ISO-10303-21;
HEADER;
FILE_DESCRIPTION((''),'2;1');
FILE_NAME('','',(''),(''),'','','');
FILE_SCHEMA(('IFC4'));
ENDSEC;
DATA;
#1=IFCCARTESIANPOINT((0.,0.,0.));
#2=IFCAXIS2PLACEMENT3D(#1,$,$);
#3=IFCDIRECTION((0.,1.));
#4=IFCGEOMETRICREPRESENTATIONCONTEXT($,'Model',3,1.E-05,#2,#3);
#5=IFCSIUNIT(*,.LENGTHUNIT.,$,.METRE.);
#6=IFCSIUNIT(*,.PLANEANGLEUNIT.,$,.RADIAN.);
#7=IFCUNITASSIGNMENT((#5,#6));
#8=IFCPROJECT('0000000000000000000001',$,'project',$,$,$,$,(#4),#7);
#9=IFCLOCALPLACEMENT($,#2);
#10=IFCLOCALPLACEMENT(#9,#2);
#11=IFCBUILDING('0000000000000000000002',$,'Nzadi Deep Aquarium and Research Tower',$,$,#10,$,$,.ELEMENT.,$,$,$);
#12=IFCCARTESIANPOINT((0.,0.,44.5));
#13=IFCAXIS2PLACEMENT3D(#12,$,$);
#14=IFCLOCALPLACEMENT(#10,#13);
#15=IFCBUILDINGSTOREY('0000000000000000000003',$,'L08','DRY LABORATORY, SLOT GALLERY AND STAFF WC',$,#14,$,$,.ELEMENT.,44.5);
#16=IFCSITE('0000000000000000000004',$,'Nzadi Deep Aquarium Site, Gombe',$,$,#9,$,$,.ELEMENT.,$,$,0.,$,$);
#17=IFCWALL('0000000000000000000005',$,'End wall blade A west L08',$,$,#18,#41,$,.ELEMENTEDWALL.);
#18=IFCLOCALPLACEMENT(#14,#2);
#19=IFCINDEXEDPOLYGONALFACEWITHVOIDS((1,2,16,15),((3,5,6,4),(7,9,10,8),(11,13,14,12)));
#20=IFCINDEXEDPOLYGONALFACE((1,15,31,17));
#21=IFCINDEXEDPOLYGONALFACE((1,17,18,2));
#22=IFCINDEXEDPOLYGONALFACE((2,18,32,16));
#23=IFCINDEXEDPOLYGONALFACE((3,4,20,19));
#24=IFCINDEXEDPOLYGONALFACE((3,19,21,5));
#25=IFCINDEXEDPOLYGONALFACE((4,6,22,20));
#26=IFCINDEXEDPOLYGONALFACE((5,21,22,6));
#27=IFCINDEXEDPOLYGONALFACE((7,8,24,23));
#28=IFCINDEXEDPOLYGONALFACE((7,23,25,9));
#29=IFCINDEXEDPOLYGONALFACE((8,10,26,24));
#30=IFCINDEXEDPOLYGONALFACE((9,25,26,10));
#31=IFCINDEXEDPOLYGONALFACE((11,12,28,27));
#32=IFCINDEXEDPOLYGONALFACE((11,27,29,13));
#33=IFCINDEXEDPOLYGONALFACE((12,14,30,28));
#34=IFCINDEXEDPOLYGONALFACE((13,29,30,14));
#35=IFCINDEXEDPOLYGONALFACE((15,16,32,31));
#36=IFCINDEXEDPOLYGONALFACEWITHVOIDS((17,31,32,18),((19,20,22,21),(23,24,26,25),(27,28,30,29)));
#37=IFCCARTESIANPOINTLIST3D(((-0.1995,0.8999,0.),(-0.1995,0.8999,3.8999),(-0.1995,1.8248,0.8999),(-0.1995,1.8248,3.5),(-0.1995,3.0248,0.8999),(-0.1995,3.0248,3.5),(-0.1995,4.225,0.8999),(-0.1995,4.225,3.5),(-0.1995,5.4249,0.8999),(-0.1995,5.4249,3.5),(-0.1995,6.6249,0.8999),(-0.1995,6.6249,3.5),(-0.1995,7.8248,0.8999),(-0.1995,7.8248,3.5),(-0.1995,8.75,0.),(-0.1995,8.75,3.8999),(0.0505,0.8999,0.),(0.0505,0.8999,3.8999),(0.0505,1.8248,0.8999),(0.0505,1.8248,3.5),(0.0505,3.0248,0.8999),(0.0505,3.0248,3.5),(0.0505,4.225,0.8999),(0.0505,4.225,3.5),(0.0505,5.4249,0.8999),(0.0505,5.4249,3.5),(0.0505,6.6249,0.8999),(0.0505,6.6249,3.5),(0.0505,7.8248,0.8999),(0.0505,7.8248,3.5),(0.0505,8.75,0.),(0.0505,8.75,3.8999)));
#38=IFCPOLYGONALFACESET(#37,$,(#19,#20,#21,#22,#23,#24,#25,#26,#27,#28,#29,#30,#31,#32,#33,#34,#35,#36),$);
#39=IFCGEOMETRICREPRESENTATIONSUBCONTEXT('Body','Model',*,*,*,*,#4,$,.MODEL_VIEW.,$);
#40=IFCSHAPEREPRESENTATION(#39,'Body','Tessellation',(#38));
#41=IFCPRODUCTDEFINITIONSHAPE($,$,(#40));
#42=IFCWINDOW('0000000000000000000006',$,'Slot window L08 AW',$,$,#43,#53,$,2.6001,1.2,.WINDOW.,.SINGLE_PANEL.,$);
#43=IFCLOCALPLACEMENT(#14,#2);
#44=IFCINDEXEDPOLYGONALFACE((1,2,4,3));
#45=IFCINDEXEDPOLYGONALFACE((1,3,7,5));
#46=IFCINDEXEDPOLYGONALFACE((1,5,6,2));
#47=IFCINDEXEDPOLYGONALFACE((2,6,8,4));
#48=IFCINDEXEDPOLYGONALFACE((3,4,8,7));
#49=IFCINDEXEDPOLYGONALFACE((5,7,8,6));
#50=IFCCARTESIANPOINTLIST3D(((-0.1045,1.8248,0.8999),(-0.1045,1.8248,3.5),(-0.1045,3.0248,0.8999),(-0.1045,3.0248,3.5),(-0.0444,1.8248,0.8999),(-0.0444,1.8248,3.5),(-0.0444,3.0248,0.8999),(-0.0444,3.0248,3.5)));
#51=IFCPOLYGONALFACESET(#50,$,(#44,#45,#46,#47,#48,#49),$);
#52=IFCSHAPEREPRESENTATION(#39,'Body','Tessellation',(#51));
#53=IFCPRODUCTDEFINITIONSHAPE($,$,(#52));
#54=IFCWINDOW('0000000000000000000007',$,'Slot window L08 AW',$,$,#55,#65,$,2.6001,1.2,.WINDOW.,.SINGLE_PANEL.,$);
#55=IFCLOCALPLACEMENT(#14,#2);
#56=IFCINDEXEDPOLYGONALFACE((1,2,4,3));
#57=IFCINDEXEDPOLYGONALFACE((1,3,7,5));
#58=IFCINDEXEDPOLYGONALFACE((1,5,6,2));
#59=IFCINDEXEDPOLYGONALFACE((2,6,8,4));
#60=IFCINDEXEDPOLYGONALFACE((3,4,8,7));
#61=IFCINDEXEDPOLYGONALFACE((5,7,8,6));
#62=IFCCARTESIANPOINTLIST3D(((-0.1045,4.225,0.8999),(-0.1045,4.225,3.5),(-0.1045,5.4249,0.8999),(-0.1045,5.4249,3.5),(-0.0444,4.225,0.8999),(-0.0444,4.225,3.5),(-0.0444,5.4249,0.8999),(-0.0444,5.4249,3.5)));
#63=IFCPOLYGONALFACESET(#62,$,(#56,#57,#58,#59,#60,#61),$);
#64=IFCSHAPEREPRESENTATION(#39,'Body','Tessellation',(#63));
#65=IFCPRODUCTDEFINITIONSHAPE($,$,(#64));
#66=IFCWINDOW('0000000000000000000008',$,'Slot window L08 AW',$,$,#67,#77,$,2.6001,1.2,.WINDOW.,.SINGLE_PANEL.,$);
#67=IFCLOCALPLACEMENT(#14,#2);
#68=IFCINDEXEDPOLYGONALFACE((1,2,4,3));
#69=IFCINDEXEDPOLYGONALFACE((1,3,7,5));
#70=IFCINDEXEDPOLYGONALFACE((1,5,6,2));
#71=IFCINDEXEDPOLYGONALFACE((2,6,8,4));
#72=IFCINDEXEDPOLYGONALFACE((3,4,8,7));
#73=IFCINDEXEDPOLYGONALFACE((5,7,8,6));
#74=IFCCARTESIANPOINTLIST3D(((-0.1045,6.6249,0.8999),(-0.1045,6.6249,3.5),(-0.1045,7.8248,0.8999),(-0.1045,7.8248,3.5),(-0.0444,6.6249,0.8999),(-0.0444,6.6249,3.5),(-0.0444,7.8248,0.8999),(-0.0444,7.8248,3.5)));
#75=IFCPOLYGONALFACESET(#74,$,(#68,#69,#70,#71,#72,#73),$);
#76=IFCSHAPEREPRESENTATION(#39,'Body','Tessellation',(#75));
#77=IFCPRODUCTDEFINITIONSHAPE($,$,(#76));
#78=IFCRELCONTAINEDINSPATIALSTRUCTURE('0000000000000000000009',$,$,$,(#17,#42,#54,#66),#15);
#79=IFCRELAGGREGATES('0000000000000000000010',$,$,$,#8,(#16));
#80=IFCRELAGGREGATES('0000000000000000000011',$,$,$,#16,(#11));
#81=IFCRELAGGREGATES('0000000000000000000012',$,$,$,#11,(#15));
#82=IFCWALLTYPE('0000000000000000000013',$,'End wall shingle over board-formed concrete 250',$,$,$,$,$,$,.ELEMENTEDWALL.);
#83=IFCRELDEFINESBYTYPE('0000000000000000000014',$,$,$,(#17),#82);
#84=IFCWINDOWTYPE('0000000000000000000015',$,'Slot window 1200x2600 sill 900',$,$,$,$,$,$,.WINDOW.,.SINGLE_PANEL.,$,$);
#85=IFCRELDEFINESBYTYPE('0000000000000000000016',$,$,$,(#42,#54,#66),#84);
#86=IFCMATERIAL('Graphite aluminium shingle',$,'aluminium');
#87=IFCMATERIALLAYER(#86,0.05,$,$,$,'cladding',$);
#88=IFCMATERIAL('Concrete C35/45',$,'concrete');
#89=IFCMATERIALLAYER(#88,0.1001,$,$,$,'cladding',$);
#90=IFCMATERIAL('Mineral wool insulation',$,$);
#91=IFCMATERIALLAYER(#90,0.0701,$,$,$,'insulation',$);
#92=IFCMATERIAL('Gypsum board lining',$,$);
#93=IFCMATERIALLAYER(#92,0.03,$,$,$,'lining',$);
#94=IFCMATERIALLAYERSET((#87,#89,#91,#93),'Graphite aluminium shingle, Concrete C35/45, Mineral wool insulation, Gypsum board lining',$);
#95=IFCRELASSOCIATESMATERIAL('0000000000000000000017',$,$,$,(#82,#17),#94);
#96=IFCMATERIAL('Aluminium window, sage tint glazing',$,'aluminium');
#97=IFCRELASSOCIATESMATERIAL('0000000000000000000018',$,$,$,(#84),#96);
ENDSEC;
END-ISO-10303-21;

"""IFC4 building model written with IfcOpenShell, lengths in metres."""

from ifc_helpers import new_model, si_unit, direction, frame, frame_2d, origin, place, context, subcontext, project, spatial, rectangle, extrude, material, layer, layer_set, layer_usage, type_object, element, fill, save


model = new_model("IFC4")

# Units and contexts
model_context = context("Model", 3, precision=1e-05, world=origin(), true_north=direction((0.0, 1.0)))
body_context = subcontext(model_context, "Body", "Model", "MODEL_VIEW")
ifc_project = project(units=[si_unit("LENGTHUNIT", "METRE"), si_unit("PLANEANGLEUNIT", "RADIAN")], contexts=[model_context])

# Site, building, storey
site_placement = place(None, origin())
site = spatial("IfcSite", under=ifc_project, at=site_placement, Name="Nzadi Deep Aquarium Site, Gombe", CompositionType="ELEMENT", RefElevation=0.0)
building_placement = place(site_placement, origin())
building = spatial("IfcBuilding", under=site, at=building_placement, Name="Nzadi Deep Aquarium and Research Tower", CompositionType="ELEMENT")
storey_placement = place(building_placement, frame((0.0, 0.0, 44.5)))
storey = spatial("IfcBuildingStorey", under=building, at=storey_placement, Name="L08", Description="DRY LABORATORY, SLOT GALLERY AND STAFF WC", CompositionType="ELEMENT", Elevation=44.5)

# Wall, openings, windows
ifc_material_1 = material(Name="Graphite aluminium shingle", Category="aluminium")
ifc_layer_1 = layer(ifc_material_1, 0.05, Category="cladding")
ifc_material_2 = material(Name="Concrete C35/45", Category="concrete")
ifc_layer_2 = layer(ifc_material_2, 0.1001, Category="cladding")
ifc_material_3 = material(Name="Mineral wool insulation")
ifc_layer_3 = layer(ifc_material_3, 0.0701, Category="insulation")
ifc_material_4 = material(Name="Gypsum board lining")
ifc_layer_4 = layer(ifc_material_4, 0.03, Category="lining")
ifc_layer_set_1 = layer_set([ifc_layer_1, ifc_layer_2, ifc_layer_3, ifc_layer_4], Name="Graphite aluminium shingle, Concrete C35/45, Mineral wool insulation, Gypsum board lining")
ifc_layer_usage = layer_usage(ifc_layer_set_1, "AXIS2", "POSITIVE", -0.125)
wall_type_1 = type_object("IfcWallType", Name="End wall shingle over board-formed concrete 250", PredefinedType="ELEMENTEDWALL", material=ifc_layer_set_1)
wall_1_placement = place(storey_placement, frame((-0.0745, 8.75, 0.0), z_axis=(0.0, 0.0, 1.0), x_axis=(0.0, -1.0, 0.0)))
wall_1 = element("IfcWall", 1, at=wall_1_placement, inside=storey, type_object=wall_type_1, material=ifc_layer_usage, Name="End wall blade A west L08", PredefinedType="ELEMENTEDWALL", context=body_context, shape_type="SweptSolid", body=[
    extrude(rectangle(XDim=7.8501, YDim=0.25, at=frame_2d((3.925, 0.0))), origin(), (0.0, 0.0, 1.0), 3.8999),
])
opening_1_placement = place(wall_1_placement, frame((5.7251, 0.0, 0.8999)))
opening_1 = element("IfcOpeningElement", 2, at=opening_1_placement, cuts=wall_1, PredefinedType="OPENING", context=body_context, shape_type="SweptSolid", body=[
    extrude(rectangle(XDim=1.2, YDim=2.6001, at=frame_2d((0.6001, 1.3))), frame((0.0, 0.135, 0.0), z_axis=(0.0, -1.0, 0.0), x_axis=(1.0, 0.0, 0.0)), (0.0, 0.0, 1.0), 0.27),
])
opening_2_placement = place(wall_1_placement, frame((3.325, 0.0, 0.8999)))
opening_2 = element("IfcOpeningElement", 3, at=opening_2_placement, cuts=wall_1, PredefinedType="OPENING", context=body_context, shape_type="SweptSolid", body=[
    extrude(rectangle(XDim=1.2, YDim=2.6001, at=frame_2d((0.6001, 1.3))), frame((0.0, 0.135, 0.0), z_axis=(0.0, -1.0, 0.0), x_axis=(1.0, 0.0, 0.0)), (0.0, 0.0, 1.0), 0.27),
])
opening_3_placement = place(wall_1_placement, frame((0.925, 0.0, 0.8999)))
opening_3 = element("IfcOpeningElement", 4, at=opening_3_placement, cuts=wall_1, PredefinedType="OPENING", context=body_context, shape_type="SweptSolid", body=[
    extrude(rectangle(XDim=1.2, YDim=2.6001, at=frame_2d((0.6001, 1.3))), frame((0.0, 0.135, 0.0), z_axis=(0.0, -1.0, 0.0), x_axis=(1.0, 0.0, 0.0)), (0.0, 0.0, 1.0), 0.27),
])
ifc_material_5 = material(Name="Aluminium window, sage tint glazing", Category="aluminium")
window_type = type_object("IfcWindowType", Name="Slot window 1200x2600 sill 900", PartitioningType="SINGLE_PANEL", PredefinedType="WINDOW", material=ifc_material_5)
window_1_placement = place(opening_1_placement, origin())
window_1 = element("IfcWindow", 5, at=window_1_placement, inside=storey, type_object=window_type, Name="Slot window L08 AW", OverallHeight=2.6001, OverallWidth=1.2, PartitioningType="SINGLE_PANEL", PredefinedType="WINDOW", context=body_context, shape_type="SweptSolid", body=[
    extrude(rectangle(XDim=1.2, YDim=2.6001, at=frame_2d((0.6001, 1.3))), frame((0.0, 0.03, 0.0), z_axis=(0.0, -1.0, 0.0), x_axis=(1.0, 0.0, 0.0)), (0.0, 0.0, 1.0), 0.0601),
])
fill(opening_1, window_1)
window_2_placement = place(opening_2_placement, origin())
window_2 = element("IfcWindow", 6, at=window_2_placement, inside=storey, type_object=window_type, Name="Slot window L08 AW", OverallHeight=2.6001, OverallWidth=1.2, PartitioningType="SINGLE_PANEL", PredefinedType="WINDOW", context=body_context, shape_type="SweptSolid", body=[
    extrude(rectangle(XDim=1.2, YDim=2.6001, at=frame_2d((0.6001, 1.3))), frame((0.0, 0.03, 0.0), z_axis=(0.0, -1.0, 0.0), x_axis=(1.0, 0.0, 0.0)), (0.0, 0.0, 1.0), 0.0601),
])
fill(opening_2, window_2)
window_3_placement = place(opening_3_placement, origin())
window_3 = element("IfcWindow", 7, at=window_3_placement, inside=storey, type_object=window_type, Name="Slot window L08 AW", OverallHeight=2.6001, OverallWidth=1.2, PartitioningType="SINGLE_PANEL", PredefinedType="WINDOW", context=body_context, shape_type="SweptSolid", body=[
    extrude(rectangle(XDim=1.2, YDim=2.6001, at=frame_2d((0.6001, 1.3))), frame((0.0, 0.03, 0.0), z_axis=(0.0, -1.0, 0.0), x_axis=(1.0, 0.0, 0.0)), (0.0, 0.0, 1.0), 0.0601),
])
fill(opening_3, window_3)

save(model, "model.ifc")
